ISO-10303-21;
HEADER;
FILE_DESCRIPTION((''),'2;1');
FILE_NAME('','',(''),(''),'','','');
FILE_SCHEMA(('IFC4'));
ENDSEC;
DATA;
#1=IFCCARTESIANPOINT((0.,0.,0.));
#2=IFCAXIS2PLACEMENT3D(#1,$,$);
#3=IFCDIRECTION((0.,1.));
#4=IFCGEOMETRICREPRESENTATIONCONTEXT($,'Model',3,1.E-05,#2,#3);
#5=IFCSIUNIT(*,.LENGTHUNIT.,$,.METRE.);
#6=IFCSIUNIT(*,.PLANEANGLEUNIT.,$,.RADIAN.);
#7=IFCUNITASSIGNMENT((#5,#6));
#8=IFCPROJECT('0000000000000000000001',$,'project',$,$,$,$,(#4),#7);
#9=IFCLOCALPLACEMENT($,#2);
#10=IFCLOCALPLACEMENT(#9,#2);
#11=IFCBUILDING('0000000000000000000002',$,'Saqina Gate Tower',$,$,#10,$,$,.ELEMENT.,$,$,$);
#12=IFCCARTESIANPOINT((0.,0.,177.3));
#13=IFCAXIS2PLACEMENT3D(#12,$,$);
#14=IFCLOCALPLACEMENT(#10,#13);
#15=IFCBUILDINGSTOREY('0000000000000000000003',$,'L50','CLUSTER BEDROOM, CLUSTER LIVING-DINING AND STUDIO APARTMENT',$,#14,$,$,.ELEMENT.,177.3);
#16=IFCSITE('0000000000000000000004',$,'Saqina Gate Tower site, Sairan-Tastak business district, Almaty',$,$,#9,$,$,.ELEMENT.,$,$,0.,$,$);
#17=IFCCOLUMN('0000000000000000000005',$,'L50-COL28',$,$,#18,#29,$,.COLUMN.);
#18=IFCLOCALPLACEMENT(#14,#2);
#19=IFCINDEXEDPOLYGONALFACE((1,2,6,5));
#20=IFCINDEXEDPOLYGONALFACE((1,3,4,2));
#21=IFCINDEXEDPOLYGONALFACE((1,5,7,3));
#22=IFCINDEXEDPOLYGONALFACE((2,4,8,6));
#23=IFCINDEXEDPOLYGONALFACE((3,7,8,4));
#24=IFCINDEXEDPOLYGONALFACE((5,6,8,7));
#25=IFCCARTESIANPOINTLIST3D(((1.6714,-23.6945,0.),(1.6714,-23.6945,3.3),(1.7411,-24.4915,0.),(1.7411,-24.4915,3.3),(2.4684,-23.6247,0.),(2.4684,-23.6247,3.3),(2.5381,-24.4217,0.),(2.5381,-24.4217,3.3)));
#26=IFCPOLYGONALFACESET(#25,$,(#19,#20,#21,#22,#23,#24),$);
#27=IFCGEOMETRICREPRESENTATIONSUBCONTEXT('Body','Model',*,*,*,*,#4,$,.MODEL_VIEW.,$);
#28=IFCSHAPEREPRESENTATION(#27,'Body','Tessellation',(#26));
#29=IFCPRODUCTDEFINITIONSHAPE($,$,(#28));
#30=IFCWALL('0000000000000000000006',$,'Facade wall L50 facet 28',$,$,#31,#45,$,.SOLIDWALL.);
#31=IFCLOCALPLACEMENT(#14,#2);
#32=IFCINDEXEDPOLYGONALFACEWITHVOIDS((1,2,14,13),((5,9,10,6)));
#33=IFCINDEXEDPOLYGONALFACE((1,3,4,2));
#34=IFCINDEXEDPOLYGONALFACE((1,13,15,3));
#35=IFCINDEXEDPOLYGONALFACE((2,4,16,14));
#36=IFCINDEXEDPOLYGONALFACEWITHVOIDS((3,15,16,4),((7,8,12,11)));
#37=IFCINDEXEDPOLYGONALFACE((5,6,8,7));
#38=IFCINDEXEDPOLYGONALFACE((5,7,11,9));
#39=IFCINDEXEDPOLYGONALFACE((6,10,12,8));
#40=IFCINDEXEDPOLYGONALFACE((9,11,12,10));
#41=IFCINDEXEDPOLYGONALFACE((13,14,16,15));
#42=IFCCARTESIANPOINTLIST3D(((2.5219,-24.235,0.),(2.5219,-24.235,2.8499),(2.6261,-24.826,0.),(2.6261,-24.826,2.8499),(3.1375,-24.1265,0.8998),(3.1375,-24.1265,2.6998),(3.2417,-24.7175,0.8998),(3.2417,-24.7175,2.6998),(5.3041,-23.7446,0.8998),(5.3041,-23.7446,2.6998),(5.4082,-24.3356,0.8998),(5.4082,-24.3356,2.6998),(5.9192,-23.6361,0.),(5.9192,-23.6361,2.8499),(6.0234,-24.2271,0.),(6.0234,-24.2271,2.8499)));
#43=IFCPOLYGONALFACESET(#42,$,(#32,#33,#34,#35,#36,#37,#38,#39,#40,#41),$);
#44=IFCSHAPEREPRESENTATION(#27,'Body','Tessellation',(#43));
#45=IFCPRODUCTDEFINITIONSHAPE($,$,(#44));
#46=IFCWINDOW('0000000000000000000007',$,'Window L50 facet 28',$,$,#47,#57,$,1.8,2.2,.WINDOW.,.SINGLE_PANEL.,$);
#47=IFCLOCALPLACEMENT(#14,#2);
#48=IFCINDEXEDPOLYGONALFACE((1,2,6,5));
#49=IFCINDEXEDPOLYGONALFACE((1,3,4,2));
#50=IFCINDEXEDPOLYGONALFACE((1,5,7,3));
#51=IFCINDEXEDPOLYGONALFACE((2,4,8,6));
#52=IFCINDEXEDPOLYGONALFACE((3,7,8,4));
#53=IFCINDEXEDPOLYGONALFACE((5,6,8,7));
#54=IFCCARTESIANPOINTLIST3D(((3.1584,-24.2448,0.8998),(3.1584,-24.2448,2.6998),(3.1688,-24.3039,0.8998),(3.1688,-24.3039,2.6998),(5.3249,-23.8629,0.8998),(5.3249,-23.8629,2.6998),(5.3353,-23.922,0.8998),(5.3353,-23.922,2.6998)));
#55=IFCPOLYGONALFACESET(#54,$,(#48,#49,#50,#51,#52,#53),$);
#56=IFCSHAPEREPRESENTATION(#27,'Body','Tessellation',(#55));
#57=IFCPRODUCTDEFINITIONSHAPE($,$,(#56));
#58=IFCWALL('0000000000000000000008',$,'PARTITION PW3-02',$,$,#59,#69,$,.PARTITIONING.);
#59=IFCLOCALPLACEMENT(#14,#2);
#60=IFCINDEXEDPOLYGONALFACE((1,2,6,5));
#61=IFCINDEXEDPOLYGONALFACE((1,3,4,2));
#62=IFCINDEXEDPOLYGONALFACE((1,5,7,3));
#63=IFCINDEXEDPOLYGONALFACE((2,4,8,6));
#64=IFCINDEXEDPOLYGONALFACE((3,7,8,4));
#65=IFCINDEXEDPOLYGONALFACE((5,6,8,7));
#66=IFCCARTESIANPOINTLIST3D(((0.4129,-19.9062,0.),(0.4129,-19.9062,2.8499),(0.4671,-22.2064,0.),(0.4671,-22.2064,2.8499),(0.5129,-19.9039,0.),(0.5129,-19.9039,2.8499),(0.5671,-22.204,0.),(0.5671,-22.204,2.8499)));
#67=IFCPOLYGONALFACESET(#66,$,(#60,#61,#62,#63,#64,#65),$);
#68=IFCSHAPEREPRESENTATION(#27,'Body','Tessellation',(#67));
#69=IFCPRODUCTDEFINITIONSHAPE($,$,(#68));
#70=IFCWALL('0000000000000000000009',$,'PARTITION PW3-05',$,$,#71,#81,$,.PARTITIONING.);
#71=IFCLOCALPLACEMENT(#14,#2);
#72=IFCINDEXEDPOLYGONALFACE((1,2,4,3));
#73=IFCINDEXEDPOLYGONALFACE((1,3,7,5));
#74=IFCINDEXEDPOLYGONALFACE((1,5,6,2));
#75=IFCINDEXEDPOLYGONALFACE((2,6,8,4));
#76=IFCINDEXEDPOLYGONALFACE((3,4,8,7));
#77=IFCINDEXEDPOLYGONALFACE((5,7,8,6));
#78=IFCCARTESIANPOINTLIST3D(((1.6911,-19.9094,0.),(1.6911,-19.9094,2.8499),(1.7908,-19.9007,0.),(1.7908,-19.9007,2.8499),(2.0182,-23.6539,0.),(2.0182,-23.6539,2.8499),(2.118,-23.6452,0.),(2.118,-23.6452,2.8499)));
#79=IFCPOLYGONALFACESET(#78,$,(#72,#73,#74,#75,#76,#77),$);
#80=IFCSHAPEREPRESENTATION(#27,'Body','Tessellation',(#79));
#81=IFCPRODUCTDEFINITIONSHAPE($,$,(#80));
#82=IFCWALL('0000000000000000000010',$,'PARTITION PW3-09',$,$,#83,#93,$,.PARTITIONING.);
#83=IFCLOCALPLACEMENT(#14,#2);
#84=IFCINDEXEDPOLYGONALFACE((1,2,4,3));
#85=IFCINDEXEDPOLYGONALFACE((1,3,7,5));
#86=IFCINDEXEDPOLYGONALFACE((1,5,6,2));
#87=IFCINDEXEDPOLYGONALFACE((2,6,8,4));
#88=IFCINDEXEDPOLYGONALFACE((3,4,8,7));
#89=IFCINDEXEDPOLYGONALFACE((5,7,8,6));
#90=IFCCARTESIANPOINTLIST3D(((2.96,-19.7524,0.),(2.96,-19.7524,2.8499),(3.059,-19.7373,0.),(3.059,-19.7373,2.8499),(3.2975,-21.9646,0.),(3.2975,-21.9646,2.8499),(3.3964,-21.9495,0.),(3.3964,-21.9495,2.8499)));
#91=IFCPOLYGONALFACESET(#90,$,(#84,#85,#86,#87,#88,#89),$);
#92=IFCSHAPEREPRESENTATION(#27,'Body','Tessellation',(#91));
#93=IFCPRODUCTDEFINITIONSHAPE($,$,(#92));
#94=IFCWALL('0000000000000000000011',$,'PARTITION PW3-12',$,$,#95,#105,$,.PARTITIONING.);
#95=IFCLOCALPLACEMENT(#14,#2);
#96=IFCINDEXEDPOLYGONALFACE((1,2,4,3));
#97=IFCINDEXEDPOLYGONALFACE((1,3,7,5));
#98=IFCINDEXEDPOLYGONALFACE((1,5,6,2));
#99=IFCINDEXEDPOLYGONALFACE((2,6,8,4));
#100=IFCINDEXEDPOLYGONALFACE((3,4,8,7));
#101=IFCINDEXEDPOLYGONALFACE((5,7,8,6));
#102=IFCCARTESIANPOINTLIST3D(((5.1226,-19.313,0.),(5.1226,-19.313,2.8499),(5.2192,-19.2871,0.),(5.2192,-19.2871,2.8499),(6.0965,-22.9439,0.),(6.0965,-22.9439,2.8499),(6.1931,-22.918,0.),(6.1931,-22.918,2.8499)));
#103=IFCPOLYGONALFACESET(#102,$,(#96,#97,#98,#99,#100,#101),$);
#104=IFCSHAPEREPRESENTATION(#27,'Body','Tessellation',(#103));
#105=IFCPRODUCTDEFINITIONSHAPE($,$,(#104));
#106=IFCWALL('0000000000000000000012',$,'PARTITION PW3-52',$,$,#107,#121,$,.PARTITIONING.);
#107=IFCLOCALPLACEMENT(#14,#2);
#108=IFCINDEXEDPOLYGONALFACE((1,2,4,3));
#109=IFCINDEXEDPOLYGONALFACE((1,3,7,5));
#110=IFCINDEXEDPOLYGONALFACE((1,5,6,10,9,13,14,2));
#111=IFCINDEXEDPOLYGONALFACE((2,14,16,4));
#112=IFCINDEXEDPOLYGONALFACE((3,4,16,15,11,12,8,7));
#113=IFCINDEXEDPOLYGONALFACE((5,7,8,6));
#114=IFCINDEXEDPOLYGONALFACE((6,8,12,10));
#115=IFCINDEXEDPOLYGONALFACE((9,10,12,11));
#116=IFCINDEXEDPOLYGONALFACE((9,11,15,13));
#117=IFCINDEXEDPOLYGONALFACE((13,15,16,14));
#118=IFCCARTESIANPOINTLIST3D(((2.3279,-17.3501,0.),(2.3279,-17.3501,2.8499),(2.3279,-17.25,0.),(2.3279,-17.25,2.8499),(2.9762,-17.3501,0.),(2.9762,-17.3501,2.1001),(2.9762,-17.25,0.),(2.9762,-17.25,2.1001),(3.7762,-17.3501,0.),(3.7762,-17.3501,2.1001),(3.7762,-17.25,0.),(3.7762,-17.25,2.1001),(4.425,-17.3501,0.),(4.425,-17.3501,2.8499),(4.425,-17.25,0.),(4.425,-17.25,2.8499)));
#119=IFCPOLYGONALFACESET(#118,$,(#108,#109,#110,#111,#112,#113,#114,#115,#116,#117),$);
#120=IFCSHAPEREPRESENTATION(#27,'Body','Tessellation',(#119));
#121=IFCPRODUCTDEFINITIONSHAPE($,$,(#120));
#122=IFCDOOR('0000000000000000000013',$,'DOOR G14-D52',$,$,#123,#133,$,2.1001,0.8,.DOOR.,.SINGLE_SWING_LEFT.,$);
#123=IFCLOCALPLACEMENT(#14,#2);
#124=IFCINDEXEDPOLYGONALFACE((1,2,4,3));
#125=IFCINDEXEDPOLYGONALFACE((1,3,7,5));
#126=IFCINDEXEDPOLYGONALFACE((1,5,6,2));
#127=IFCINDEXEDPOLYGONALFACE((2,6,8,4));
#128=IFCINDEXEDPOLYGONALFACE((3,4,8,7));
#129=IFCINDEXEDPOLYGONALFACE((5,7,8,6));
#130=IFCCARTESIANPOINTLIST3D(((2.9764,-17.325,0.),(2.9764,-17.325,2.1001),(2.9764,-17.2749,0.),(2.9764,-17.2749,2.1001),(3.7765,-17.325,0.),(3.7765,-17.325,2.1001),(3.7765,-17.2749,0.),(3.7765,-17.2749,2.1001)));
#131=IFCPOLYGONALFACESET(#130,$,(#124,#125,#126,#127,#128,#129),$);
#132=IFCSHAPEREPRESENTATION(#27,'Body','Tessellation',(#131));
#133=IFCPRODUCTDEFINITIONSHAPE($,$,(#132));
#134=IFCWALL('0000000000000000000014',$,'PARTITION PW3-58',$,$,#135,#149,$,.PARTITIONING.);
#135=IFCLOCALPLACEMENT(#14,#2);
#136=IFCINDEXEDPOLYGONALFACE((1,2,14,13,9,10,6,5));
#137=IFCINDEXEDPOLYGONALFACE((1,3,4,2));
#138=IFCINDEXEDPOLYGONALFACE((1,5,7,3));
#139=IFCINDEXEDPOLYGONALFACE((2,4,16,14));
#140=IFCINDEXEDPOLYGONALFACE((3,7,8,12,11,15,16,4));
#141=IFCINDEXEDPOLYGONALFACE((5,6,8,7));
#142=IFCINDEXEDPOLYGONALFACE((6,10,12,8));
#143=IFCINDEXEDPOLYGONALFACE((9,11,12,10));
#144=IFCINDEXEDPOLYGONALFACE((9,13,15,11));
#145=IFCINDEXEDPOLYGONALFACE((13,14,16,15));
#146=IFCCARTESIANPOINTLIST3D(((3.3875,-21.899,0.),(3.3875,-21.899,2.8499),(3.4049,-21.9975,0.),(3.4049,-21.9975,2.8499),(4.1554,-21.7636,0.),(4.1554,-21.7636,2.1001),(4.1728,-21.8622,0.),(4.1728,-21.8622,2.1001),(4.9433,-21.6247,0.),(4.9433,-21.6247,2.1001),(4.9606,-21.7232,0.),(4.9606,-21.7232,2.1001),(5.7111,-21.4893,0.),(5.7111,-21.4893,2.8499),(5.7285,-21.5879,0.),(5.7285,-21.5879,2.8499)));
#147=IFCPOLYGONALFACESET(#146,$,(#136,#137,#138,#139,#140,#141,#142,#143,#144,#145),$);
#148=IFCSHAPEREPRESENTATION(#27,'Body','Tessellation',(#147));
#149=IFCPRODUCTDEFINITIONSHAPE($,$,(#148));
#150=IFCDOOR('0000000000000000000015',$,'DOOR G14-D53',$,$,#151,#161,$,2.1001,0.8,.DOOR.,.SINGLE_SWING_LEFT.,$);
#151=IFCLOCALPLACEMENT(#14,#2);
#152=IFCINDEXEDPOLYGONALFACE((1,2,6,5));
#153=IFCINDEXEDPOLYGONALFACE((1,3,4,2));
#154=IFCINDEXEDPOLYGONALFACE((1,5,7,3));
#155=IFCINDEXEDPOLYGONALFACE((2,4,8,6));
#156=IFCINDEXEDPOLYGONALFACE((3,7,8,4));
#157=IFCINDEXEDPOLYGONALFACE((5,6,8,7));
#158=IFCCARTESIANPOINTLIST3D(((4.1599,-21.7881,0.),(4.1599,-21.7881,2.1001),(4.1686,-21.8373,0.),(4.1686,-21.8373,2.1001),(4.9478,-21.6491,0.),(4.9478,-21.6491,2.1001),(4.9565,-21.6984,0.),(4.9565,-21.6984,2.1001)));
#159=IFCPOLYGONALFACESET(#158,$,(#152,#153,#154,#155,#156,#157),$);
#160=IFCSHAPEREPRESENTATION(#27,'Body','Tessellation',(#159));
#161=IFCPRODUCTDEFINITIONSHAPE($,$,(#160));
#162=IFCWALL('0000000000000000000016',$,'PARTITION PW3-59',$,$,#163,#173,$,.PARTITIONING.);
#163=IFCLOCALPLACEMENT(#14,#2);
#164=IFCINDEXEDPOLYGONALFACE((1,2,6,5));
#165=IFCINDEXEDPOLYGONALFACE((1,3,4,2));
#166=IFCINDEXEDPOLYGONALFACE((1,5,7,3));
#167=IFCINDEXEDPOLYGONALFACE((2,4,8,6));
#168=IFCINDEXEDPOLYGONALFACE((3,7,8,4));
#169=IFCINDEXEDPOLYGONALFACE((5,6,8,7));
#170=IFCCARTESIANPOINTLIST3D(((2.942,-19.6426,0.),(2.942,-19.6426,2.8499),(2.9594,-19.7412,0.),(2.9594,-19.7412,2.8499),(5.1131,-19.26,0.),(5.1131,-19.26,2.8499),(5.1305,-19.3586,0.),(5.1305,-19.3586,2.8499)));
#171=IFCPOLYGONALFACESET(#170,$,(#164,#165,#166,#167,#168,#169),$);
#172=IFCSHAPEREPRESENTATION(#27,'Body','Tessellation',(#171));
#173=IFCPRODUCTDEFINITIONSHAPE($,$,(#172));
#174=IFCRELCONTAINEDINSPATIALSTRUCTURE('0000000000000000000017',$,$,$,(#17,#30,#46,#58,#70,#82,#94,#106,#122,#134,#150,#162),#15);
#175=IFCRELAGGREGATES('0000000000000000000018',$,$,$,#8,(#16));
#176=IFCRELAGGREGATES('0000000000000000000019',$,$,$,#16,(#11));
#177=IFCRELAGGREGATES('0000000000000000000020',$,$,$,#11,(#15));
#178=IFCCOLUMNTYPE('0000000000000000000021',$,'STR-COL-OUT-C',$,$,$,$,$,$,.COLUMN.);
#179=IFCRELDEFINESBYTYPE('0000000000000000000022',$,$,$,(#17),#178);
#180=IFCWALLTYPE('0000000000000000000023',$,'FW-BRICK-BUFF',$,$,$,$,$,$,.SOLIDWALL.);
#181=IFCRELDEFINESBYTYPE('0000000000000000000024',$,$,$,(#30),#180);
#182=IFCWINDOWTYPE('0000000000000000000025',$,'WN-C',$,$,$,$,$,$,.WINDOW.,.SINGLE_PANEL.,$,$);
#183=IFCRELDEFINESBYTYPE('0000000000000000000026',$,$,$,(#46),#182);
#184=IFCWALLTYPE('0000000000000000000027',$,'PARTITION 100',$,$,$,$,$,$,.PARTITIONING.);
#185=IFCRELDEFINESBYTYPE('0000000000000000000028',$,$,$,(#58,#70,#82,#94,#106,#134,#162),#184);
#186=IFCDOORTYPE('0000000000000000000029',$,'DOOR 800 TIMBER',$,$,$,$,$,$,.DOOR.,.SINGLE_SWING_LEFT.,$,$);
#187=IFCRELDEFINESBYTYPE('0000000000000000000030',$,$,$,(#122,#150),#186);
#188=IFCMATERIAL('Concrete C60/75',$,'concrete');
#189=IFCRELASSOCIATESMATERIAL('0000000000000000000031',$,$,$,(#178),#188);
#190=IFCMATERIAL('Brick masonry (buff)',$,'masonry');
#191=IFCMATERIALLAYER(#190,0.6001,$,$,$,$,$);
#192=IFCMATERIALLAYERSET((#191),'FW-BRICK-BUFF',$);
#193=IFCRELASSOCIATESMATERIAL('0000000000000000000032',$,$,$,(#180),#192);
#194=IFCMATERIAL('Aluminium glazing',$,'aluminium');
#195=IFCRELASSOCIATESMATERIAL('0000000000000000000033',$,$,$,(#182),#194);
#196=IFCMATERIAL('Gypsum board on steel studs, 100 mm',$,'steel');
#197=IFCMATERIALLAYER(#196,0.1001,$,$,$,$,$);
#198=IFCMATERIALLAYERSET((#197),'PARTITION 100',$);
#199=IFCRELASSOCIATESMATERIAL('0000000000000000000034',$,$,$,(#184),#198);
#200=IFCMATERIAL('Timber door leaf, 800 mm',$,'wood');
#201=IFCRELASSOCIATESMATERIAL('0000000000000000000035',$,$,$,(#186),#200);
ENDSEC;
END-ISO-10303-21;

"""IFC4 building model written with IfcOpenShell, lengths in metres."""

from ifc_helpers import new_model, si_unit, direction, frame, frame_2d, origin, origin_2d, place, context, subcontext, project, spatial, rectangle, extrude, material, layer, layer_set, material_profile, profile_set, type_object, element, fill, save


model = new_model("IFC4")

# Units and contexts
model_context = context("Model", 3, precision=1e-05, world=origin(), true_north=direction((0.0, 1.0)))
body_context = subcontext(model_context, "Body", "Model", "MODEL_VIEW")
ifc_project = project(units=[si_unit("LENGTHUNIT", "METRE"), si_unit("PLANEANGLEUNIT", "RADIAN")], contexts=[model_context])

# Site, building, storey
site_placement = place(None, origin())
site = spatial("IfcSite", under=ifc_project, at=site_placement, Name="Saqina Gate Tower site, Sairan-Tastak business district, Almaty", CompositionType="ELEMENT", RefElevation=0.0)
building_placement = place(site_placement, origin())
building = spatial("IfcBuilding", under=site, at=building_placement, Name="Saqina Gate Tower", CompositionType="ELEMENT")
storey_placement = place(building_placement, frame((0.0, 0.0, 177.3)))
storey = spatial("IfcBuildingStorey", under=building, at=storey_placement, Name="L50", Description="CLUSTER BEDROOM, CLUSTER LIVING-DINING AND STUDIO APARTMENT", CompositionType="ELEMENT", Elevation=177.3)

# Column
ifc_material_1 = material(Name="Concrete C60/75", Category="concrete")
ifc_material_profile = material_profile(ifc_material_1, rectangle(XDim=0.8, YDim=0.8, at=origin_2d()), Name="RC 800x800")
ifc_profile_set = profile_set([ifc_material_profile], Name="Concrete C60/75")
column_type = type_object("IfcColumnType", Name="STR-COL-OUT-C", PredefinedType="COLUMN", material=ifc_profile_set)
column_placement = place(storey_placement, frame((2.1047, -24.0581, 0.0), z_axis=(0.0, 0.0, 1.0), x_axis=(0.087156, -0.996195, 0.0)))
element("IfcColumn", 1, at=column_placement, inside=storey, type_object=column_type, Name="L50-COL28", PredefinedType="COLUMN", context=body_context, shape_type="SweptSolid", body=[
    extrude(rectangle(XDim=0.8, YDim=0.8, at=origin_2d()), origin(), (0.0, 0.0, 1.0), 3.3),
])

# Wall, opening, window
ifc_material_2 = material(Name="Brick masonry (buff)", Category="masonry")
ifc_layer_1 = layer(ifc_material_2, 0.6001)
ifc_layer_set_1 = layer_set([ifc_layer_1], Name="FW-BRICK-BUFF")
wall_type_1 = type_object("IfcWallType", Name="FW-BRICK-BUFF", PredefinedType="SOLIDWALL", material=ifc_layer_set_1)
wall_1_placement = place(storey_placement, frame((2.574, -24.5305, 0.0), z_axis=(0.0, 0.0, 1.0), x_axis=(0.984815, 0.173608, 0.0)))
wall_1 = element("IfcWall", 2, at=wall_1_placement, inside=storey, type_object=wall_type_1, Name="Facade wall L50 facet 28", PredefinedType="SOLIDWALL", context=body_context, shape_type="SweptSolid", body=[
    extrude(rectangle(XDim=3.4497, YDim=0.6001, at=frame_2d((1.7249, 0.0))), origin(), (0.0, 0.0, 1.0), 2.8499),
])
opening_1_placement = place(wall_1_placement, frame((0.625, 0.0, 0.8999)))
opening_1 = element("IfcOpeningElement", 3, at=opening_1_placement, cuts=wall_1, PredefinedType="OPENING", context=body_context, shape_type="SweptSolid", body=[
    extrude(rectangle(XDim=2.2, YDim=1.8, at=frame_2d((1.1001, 0.8999))), frame((0.0, 0.312, 0.0), z_axis=(0.0, -1.0, 0.0), x_axis=(1.0, 0.0, 0.0)), (0.0, 0.0, 1.0), 0.624),
])
ifc_material_3 = material(Name="Aluminium glazing", Category="aluminium")
window_type = type_object("IfcWindowType", Name="WN-C", PartitioningType="SINGLE_PANEL", PredefinedType="WINDOW", material=ifc_material_3)
window_placement = place(opening_1_placement, origin())
window = element("IfcWindow", 4, at=window_placement, inside=storey, type_object=window_type, Name="Window L50 facet 28", OverallHeight=1.8, OverallWidth=2.2, PartitioningType="SINGLE_PANEL", PredefinedType="WINDOW", context=body_context, shape_type="SweptSolid", body=[
    extrude(rectangle(XDim=2.2, YDim=1.8, at=frame_2d((1.1001, 0.8999))), frame((0.0, 0.1799, 0.0), z_axis=(0.0, -1.0, 0.0), x_axis=(1.0, 0.0, 0.0)), (0.0, 0.0, 1.0), 0.0601),
])
fill(opening_1, window)

# Walls
ifc_material_4 = material(Name="Gypsum board on steel studs, 100 mm", Category="steel")
ifc_layer_2 = layer(ifc_material_4, 0.1001)
ifc_layer_set_2 = layer_set([ifc_layer_2], Name="PARTITION 100")
wall_type_2 = type_object("IfcWallType", Name="PARTITION 100", PredefinedType="PARTITIONING", material=ifc_layer_set_2)
wall_2_placement = place(storey_placement, frame((0.4629, -19.905, 0.0), z_axis=(0.0, 0.0, 1.0), x_axis=(0.023558, -0.999722, 0.0)))
element("IfcWall", 5, at=wall_2_placement, inside=storey, type_object=wall_type_2, Name="PARTITION PW3-02", PredefinedType="PARTITIONING", context=body_context, shape_type="SweptSolid", body=[
    extrude(rectangle(XDim=2.3008, YDim=0.1001, at=frame_2d((1.1504, 0.0))), origin(), (0.0, 0.0, 1.0), 2.8499),
])
wall_3_placement = place(storey_placement, frame((1.741, -19.905, 0.0), z_axis=(0.0, 0.0, 1.0), x_axis=(0.087033, -0.996205, 0.0)))
element("IfcWall", 6, at=wall_3_placement, inside=storey, type_object=wall_type_2, Name="PARTITION PW3-05", PredefinedType="PARTITIONING", context=body_context, shape_type="SweptSolid", body=[
    extrude(rectangle(XDim=3.7588, YDim=0.1001, at=frame_2d((1.8794, 0.0))), origin(), (0.0, 0.0, 1.0), 2.8499),
])
wall_4_placement = place(storey_placement, frame((3.0095, -19.7449, 0.0), z_axis=(0.0, 0.0, 1.0), x_axis=(0.150778, -0.988568, 0.0)))
element("IfcWall", 7, at=wall_4_placement, inside=storey, type_object=wall_type_2, Name="PARTITION PW3-09", PredefinedType="PARTITIONING", context=body_context, shape_type="SweptSolid", body=[
    extrude(rectangle(XDim=2.2378, YDim=0.1001, at=frame_2d((1.1189, 0.0))), origin(), (0.0, 0.0, 1.0), 2.8499),
])
wall_5_placement = place(storey_placement, frame((5.1709, -19.3, 0.0), z_axis=(0.0, 0.0, 1.0), x_axis=(0.259065, -0.96586, 0.0)))
element("IfcWall", 8, at=wall_5_placement, inside=storey, type_object=wall_type_2, Name="PARTITION PW3-12", PredefinedType="PARTITIONING", context=body_context, shape_type="SweptSolid", body=[
    extrude(rectangle(XDim=3.7593, YDim=0.1001, at=frame_2d((1.8796, 0.0))), origin(), (0.0, 0.0, 1.0), 2.8499),
])

# Walls, openings, doors
wall_6_placement = place(storey_placement, frame((2.3279, -17.3, 0.0), z_axis=(0.0, 0.0, 1.0), x_axis=(1.0, 0.0, 0.0)))
wall_6 = element("IfcWall", 9, at=wall_6_placement, inside=storey, type_object=wall_type_2, Name="PARTITION PW3-52", PredefinedType="PARTITIONING", context=body_context, shape_type="SweptSolid", body=[
    extrude(rectangle(XDim=2.0972, YDim=0.1001, at=frame_2d((1.0486, 0.0))), origin(), (0.0, 0.0, 1.0), 2.8499),
])
opening_2_placement = place(wall_6_placement, frame((0.6484, 0.0, 0.0)))
opening_2 = element("IfcOpeningElement", 10, at=opening_2_placement, cuts=wall_6, PredefinedType="OPENING", context=body_context, shape_type="SweptSolid", body=[
    extrude(rectangle(XDim=0.8, YDim=2.1001, at=frame_2d((0.3999, 1.05))), frame((0.0, 0.062, 0.0), z_axis=(0.0, -1.0, 0.0), x_axis=(1.0, 0.0, 0.0)), (0.0, 0.0, 1.0), 0.124),
])
ifc_material_5 = material(Name="Timber door leaf, 800 mm", Category="wood")
door_type_1 = type_object("IfcDoorType", Name="DOOR 800 TIMBER", OperationType="SINGLE_SWING_LEFT", PredefinedType="DOOR", material=ifc_material_5)
door_1_placement = place(opening_2_placement, frame((0.8, 0.0, 0.0), z_axis=(0.0, 0.0, 1.0), x_axis=(-1.0, 0.0, 0.0)))
door_1 = element("IfcDoor", 11, at=door_1_placement, inside=storey, type_object=door_type_1, Name="DOOR G14-D52", OperationType="SINGLE_SWING_LEFT", OverallHeight=2.1001, OverallWidth=0.8, PredefinedType="DOOR", context=body_context, shape_type="SweptSolid", body=[
    extrude(rectangle(XDim=0.8, YDim=2.1001, at=frame_2d((0.3999, 1.05))), frame((0.0, 0.0249, 0.0), z_axis=(0.0, -1.0, 0.0), x_axis=(1.0, 0.0, 0.0)), (0.0, 0.0, 1.0), 0.05),
])
fill(opening_2, door_1)
wall_7_placement = place(storey_placement, frame((3.3962, -21.9482, 0.0), z_axis=(0.0, 0.0, 1.0), x_axis=(0.98481, 0.173638, 0.0)))
wall_7 = element("IfcWall", 12, at=wall_7_placement, inside=storey, type_object=wall_type_2, Name="PARTITION PW3-58", PredefinedType="PARTITIONING", context=body_context, shape_type="SweptSolid", body=[
    extrude(rectangle(XDim=2.3594, YDim=0.1001, at=frame_2d((1.1797, 0.0))), origin(), (0.0, 0.0, 1.0), 2.8499),
])
opening_3_placement = place(wall_7_placement, frame((0.7798, 0.0, 0.0)))
opening_3 = element("IfcOpeningElement", 13, at=opening_3_placement, cuts=wall_7, PredefinedType="OPENING", context=body_context, shape_type="SweptSolid", body=[
    extrude(rectangle(XDim=0.8, YDim=2.1001, at=frame_2d((0.3999, 1.05))), frame((0.0, 0.062, 0.0), z_axis=(0.0, -1.0, 0.0), x_axis=(1.0, 0.0, 0.0)), (0.0, 0.0, 1.0), 0.124),
])
door_2_placement = place(opening_3_placement, frame((0.8, 0.0, 0.0), z_axis=(0.0, 0.0, 1.0), x_axis=(-1.0, 0.0, 0.0)))
door_2 = element("IfcDoor", 14, at=door_2_placement, inside=storey, type_object=door_type_1, Name="DOOR G14-D53", OperationType="SINGLE_SWING_LEFT", OverallHeight=2.1001, OverallWidth=0.8, PredefinedType="DOOR", context=body_context, shape_type="SweptSolid", body=[
    extrude(rectangle(XDim=0.8, YDim=2.1001, at=frame_2d((0.3999, 1.05))), frame((0.0, 0.0249, 0.0), z_axis=(0.0, -1.0, 0.0), x_axis=(1.0, 0.0, 0.0)), (0.0, 0.0, 1.0), 0.05),
])
fill(opening_3, door_2)

# Wall
wall_8_placement = place(storey_placement, frame((2.9507, -19.6919, 0.0), z_axis=(0.0, 0.0, 1.0), x_axis=(0.984828, 0.173533, 0.0)))
element("IfcWall", 15, at=wall_8_placement, inside=storey, type_object=wall_type_2, Name="PARTITION PW3-59", PredefinedType="PARTITIONING", context=body_context, shape_type="SweptSolid", body=[
    extrude(rectangle(XDim=2.2046, YDim=0.1001, at=frame_2d((1.1023, 0.0))), origin(), (0.0, 0.0, 1.0), 2.8499),
])

save(model, "model.ifc")
